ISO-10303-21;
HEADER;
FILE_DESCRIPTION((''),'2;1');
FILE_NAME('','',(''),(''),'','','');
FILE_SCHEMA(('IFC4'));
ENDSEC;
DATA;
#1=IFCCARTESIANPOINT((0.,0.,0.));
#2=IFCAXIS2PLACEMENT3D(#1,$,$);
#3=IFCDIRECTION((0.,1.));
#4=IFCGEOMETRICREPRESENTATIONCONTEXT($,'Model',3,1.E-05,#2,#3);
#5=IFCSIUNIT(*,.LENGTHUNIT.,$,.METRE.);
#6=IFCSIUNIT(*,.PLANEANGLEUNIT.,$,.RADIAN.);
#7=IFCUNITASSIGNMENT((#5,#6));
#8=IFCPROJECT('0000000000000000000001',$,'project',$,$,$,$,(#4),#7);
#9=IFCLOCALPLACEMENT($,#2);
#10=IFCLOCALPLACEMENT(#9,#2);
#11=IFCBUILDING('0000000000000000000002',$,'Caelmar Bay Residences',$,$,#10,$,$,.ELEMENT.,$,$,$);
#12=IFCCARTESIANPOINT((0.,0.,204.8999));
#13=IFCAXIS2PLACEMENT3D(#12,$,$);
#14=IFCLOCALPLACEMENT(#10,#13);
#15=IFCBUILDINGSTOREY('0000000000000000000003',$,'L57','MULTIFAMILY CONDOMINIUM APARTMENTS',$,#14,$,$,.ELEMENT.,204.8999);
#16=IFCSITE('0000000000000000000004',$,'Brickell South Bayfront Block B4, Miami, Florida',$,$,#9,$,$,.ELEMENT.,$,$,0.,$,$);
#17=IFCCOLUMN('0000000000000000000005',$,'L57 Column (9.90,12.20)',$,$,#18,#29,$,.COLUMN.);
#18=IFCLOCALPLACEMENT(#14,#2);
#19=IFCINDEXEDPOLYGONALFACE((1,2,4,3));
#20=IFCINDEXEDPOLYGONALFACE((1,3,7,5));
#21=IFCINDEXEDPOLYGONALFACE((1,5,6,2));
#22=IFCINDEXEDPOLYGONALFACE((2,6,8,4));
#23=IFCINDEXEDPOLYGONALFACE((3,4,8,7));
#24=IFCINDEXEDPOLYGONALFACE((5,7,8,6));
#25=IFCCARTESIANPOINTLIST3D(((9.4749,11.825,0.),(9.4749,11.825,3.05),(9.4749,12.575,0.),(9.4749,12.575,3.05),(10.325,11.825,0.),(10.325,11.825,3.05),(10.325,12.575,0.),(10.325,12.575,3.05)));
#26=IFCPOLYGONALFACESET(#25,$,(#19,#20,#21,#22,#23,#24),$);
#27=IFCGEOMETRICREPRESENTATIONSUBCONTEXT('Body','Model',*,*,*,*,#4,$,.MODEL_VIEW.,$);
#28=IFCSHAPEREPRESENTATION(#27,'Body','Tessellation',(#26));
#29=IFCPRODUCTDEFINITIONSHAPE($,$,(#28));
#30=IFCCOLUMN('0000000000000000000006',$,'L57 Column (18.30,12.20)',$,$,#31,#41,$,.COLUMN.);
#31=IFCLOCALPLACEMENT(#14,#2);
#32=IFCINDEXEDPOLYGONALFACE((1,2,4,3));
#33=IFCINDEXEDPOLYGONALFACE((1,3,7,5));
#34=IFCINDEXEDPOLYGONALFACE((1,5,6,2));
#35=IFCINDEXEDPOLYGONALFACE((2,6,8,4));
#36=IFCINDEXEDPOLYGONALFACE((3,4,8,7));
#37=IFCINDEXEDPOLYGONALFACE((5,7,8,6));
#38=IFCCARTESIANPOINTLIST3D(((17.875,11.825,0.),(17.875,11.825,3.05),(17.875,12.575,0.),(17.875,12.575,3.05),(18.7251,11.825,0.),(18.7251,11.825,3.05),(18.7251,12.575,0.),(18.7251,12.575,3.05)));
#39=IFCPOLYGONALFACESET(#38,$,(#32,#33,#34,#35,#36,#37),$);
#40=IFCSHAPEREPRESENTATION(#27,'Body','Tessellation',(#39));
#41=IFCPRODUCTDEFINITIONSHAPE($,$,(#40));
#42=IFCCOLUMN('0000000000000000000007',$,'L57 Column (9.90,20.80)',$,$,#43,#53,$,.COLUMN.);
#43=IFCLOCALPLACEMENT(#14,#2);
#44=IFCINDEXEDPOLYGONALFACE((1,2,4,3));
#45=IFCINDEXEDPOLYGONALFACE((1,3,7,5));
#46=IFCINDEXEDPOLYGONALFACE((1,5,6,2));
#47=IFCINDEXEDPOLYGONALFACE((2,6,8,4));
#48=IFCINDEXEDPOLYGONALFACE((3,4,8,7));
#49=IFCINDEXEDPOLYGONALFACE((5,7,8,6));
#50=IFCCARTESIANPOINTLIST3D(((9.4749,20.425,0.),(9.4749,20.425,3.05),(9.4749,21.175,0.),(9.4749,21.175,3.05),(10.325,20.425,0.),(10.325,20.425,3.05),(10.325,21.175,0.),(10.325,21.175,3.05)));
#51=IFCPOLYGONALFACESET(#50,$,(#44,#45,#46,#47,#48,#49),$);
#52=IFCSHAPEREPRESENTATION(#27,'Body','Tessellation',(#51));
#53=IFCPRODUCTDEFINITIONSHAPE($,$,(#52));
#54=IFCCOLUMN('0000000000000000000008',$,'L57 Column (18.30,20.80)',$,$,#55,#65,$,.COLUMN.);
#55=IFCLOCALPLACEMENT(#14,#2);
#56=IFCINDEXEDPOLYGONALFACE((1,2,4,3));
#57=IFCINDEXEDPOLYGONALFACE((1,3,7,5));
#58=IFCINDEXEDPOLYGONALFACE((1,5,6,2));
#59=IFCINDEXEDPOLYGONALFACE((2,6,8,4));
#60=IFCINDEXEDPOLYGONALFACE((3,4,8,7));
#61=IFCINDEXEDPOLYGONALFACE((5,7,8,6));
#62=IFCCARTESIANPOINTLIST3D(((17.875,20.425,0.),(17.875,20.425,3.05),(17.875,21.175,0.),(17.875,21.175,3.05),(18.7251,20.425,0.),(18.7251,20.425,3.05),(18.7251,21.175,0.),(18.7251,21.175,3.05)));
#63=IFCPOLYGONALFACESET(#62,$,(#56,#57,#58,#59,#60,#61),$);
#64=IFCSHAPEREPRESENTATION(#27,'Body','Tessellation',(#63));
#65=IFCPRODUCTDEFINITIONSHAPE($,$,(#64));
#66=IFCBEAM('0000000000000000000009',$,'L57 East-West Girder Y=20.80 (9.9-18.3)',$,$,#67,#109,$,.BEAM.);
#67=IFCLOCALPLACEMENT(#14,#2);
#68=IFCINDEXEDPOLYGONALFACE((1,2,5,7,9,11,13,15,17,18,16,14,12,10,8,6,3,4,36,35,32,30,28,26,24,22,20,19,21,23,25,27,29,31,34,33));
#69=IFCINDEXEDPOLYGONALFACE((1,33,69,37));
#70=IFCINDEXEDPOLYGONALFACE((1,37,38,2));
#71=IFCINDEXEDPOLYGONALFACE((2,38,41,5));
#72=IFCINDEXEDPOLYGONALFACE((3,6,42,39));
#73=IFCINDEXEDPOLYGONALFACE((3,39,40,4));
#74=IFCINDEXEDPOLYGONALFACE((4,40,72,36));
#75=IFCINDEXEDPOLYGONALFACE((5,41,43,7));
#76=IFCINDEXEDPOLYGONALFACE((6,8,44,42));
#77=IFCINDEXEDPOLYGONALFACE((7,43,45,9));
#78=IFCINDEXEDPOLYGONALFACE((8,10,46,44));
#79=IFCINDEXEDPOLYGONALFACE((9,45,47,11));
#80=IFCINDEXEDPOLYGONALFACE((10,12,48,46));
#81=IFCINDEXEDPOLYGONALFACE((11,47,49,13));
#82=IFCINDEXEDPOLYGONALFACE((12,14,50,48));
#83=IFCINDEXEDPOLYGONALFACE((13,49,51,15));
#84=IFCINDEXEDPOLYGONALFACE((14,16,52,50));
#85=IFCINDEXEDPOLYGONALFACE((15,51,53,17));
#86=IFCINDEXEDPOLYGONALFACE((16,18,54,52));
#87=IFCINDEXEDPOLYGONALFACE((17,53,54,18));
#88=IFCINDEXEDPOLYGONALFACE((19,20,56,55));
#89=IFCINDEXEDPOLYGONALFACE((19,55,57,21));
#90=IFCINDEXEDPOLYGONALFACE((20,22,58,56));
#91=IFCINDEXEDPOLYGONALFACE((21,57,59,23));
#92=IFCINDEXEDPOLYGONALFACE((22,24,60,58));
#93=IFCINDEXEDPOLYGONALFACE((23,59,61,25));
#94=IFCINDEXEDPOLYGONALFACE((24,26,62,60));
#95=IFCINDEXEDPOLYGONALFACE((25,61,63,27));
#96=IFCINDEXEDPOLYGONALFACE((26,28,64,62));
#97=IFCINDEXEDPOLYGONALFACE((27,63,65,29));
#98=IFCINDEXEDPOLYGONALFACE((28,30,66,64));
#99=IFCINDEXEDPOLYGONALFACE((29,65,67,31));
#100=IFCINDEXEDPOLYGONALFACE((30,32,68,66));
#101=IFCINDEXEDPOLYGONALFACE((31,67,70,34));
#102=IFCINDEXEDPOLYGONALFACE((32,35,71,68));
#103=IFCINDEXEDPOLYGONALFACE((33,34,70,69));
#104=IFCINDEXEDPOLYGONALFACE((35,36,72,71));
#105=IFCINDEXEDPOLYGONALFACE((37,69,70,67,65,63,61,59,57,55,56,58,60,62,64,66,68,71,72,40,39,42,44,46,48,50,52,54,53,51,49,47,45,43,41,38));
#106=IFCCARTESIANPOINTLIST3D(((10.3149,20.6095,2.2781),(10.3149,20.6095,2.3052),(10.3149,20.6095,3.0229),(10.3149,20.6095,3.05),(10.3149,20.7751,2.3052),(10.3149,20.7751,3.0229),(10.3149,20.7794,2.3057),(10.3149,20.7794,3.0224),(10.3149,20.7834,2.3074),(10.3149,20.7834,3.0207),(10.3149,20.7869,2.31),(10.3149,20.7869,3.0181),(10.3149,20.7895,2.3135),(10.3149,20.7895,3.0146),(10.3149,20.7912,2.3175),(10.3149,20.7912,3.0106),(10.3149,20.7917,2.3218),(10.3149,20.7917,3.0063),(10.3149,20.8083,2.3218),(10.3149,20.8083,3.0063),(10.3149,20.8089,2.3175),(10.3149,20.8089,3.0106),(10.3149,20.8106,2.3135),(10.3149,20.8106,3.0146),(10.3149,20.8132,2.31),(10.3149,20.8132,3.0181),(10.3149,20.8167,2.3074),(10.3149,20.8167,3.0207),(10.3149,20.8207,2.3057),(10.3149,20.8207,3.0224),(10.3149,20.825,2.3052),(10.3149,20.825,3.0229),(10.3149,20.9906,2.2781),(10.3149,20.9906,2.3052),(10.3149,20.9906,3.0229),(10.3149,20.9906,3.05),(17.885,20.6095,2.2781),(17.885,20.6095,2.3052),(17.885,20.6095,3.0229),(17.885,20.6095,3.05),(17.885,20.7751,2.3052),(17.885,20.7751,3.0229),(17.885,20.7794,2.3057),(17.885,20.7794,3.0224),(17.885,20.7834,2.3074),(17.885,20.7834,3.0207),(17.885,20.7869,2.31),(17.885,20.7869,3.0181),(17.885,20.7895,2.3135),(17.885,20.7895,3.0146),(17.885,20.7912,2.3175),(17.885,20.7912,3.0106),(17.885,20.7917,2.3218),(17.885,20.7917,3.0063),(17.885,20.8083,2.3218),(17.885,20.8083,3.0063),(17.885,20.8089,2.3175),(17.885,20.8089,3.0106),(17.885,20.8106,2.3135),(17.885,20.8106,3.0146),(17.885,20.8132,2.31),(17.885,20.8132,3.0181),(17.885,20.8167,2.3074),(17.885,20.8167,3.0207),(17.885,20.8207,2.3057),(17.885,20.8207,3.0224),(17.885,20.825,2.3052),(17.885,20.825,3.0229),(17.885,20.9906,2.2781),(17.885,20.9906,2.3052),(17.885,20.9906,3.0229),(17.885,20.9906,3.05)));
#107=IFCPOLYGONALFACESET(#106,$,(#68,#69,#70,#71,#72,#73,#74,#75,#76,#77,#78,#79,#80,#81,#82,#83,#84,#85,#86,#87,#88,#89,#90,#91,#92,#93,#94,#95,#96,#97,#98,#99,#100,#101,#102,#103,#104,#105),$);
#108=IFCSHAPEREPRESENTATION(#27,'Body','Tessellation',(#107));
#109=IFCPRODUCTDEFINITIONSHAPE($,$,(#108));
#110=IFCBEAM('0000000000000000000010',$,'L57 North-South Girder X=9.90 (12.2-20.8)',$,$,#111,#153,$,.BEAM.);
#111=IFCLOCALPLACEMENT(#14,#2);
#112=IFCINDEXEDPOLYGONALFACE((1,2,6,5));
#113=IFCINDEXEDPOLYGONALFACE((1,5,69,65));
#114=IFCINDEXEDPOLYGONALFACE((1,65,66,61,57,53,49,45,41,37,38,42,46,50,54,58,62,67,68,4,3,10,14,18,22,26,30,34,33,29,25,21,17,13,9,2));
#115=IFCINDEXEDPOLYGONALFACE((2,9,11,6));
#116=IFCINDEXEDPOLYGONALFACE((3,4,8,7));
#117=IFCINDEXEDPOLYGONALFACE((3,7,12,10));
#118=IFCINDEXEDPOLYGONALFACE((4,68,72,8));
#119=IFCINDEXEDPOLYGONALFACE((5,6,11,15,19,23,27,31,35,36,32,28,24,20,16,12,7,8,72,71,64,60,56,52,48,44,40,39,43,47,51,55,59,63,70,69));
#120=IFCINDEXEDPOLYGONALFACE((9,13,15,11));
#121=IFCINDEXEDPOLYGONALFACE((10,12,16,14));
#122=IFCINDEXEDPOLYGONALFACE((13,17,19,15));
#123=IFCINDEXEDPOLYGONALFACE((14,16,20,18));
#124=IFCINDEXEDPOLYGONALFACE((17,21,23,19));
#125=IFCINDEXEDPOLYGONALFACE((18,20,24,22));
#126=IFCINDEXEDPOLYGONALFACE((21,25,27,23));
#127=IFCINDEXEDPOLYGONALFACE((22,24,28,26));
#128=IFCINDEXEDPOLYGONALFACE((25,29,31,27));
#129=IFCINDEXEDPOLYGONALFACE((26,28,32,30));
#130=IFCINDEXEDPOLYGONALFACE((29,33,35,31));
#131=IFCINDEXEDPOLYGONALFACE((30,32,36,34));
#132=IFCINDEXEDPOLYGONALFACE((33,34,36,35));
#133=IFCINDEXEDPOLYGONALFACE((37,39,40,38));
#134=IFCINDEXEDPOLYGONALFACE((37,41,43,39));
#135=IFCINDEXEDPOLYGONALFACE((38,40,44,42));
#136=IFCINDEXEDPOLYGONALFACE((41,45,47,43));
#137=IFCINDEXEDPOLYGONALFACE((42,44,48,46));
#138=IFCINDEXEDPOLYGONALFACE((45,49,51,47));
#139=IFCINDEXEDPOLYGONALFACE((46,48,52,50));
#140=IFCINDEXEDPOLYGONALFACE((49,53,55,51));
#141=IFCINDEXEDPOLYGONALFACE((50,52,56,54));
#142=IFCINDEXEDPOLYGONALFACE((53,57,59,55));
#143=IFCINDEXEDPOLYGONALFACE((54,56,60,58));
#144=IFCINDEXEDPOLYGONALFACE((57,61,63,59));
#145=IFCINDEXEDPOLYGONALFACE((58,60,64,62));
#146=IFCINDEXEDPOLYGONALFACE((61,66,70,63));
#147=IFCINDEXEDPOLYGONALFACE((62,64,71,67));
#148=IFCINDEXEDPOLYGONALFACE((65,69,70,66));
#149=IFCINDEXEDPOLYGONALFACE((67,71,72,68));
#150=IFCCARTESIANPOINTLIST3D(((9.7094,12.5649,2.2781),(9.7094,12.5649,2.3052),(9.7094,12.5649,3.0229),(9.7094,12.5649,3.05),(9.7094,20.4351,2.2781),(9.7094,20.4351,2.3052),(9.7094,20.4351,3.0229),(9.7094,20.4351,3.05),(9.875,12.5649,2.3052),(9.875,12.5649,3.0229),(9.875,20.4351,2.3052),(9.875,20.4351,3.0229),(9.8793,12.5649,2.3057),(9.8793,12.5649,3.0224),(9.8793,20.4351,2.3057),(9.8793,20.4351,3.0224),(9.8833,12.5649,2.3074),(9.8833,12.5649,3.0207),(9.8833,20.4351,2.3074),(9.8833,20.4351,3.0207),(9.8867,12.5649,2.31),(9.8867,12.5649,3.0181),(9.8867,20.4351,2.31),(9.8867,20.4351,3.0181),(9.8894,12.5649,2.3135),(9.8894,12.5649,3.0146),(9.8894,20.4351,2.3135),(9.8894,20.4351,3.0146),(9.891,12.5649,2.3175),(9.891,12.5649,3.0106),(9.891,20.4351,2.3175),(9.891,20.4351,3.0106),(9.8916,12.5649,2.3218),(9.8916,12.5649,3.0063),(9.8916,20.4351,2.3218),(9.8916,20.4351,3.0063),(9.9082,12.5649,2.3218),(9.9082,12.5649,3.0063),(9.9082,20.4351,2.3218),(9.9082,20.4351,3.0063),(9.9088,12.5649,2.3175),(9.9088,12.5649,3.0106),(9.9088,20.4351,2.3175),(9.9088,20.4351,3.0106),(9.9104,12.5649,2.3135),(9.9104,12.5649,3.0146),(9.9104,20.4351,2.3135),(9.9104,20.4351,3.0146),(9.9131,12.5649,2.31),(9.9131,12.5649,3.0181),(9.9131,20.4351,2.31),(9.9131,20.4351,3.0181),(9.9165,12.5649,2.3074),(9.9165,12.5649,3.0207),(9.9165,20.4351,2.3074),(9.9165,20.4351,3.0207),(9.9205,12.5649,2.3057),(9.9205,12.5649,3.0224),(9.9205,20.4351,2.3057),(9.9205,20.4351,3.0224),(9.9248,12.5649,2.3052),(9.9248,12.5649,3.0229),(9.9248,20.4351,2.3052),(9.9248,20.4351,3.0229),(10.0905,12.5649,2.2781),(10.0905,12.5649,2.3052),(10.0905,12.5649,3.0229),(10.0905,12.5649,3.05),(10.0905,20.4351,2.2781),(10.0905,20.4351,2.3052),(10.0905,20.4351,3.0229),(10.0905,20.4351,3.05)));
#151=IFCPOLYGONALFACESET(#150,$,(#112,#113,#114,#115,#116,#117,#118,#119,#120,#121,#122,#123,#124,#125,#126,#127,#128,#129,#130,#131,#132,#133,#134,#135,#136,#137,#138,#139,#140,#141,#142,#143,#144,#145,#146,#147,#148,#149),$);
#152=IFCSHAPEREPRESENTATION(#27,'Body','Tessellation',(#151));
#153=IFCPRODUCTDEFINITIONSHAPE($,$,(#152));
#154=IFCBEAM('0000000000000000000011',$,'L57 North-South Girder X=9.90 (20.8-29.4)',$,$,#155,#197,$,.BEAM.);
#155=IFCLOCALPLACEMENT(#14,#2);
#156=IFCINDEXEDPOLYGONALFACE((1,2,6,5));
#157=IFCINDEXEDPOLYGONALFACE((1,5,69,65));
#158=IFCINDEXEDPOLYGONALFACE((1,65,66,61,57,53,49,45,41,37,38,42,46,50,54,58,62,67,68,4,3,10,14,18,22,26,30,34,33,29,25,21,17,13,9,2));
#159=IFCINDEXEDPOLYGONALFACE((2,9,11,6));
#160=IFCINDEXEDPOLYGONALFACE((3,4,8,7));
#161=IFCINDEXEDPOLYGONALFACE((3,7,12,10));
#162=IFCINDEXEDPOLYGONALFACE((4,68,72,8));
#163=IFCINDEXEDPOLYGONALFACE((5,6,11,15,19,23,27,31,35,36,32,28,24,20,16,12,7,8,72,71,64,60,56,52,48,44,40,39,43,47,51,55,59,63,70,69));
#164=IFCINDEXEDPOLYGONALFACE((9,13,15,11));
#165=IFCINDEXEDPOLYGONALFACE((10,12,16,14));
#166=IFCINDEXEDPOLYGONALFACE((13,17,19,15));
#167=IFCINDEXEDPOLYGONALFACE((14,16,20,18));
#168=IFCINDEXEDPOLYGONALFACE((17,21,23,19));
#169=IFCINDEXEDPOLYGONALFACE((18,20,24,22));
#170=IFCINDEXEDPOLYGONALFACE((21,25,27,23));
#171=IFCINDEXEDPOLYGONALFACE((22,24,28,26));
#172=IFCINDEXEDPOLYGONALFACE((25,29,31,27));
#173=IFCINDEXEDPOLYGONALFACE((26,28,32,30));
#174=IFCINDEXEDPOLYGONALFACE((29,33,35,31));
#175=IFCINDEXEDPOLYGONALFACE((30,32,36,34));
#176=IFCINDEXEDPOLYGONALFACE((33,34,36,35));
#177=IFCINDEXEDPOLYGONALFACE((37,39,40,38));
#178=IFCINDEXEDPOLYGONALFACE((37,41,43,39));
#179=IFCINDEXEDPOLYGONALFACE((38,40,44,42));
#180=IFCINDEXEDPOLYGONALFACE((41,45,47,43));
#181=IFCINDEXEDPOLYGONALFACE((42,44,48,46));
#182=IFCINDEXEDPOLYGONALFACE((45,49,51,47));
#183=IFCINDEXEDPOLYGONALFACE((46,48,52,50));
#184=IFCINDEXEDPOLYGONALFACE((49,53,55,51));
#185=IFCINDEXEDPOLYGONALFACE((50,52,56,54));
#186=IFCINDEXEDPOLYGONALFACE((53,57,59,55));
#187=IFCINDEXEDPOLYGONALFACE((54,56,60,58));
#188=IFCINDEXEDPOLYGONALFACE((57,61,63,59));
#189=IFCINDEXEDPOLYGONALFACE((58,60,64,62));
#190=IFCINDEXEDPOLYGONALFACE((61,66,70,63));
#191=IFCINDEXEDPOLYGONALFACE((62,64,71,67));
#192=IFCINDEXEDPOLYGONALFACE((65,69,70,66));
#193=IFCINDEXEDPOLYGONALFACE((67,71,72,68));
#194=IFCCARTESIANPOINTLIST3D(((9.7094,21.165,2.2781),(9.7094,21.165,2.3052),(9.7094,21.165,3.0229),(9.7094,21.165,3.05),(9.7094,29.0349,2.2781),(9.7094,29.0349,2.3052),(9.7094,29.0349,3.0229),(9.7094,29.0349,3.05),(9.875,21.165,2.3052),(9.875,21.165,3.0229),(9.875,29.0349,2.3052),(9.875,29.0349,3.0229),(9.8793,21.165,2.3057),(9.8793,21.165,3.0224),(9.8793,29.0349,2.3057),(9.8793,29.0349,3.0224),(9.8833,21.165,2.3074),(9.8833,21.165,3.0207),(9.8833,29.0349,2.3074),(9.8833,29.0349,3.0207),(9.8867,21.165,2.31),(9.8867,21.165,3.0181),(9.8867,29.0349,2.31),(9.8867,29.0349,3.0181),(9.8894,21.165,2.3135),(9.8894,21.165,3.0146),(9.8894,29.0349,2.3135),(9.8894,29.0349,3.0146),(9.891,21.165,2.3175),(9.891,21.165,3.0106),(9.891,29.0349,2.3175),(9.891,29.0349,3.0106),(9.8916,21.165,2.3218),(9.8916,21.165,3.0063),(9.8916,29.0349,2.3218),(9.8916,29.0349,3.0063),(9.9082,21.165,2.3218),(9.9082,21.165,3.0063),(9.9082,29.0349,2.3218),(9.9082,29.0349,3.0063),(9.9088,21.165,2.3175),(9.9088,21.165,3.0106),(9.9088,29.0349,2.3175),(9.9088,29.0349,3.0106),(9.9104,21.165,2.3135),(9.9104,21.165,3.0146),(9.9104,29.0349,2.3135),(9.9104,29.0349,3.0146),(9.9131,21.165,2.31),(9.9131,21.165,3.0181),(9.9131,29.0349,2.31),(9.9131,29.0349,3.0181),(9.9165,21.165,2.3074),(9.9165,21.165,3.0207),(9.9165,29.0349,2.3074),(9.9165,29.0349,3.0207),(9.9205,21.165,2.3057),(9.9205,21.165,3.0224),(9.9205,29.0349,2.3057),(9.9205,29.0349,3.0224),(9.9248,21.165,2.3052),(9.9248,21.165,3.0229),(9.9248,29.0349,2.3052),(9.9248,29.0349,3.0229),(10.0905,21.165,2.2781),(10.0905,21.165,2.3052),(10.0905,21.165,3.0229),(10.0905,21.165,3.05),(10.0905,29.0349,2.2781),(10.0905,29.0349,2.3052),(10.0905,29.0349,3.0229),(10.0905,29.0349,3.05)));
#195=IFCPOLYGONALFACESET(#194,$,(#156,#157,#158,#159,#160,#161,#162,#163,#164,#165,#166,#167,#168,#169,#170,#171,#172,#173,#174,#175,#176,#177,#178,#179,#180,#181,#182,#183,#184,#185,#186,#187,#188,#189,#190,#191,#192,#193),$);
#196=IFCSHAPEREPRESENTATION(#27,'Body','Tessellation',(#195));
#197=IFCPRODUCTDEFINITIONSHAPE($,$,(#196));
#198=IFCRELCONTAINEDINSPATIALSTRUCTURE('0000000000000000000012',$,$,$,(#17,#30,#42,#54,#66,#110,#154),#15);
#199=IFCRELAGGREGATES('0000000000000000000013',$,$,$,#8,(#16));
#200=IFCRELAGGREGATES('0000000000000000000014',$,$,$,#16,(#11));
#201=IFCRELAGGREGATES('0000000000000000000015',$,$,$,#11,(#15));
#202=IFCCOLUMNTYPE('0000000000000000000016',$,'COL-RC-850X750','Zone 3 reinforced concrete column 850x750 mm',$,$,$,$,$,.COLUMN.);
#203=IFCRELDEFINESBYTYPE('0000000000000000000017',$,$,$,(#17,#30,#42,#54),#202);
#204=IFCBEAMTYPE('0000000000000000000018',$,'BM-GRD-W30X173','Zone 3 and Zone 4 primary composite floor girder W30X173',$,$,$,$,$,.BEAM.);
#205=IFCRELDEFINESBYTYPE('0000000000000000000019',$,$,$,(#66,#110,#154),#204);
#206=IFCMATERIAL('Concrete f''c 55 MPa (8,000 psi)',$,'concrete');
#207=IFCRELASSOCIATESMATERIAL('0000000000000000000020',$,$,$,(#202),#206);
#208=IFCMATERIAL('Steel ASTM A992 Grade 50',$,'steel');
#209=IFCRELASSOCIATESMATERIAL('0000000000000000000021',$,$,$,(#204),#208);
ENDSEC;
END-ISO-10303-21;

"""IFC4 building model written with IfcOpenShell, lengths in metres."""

from ifc_helpers import new_model, si_unit, direction, frame, origin, origin_2d, place, context, subcontext, project, spatial, rectangle, i_section, extrude, material, material_profile, profile_set, type_object, element, save


model = new_model("IFC4")

# Units and contexts
model_context = context("Model", 3, precision=1e-05, world=origin(), true_north=direction((0.0, 1.0)))
body_context = subcontext(model_context, "Body", "Model", "MODEL_VIEW")
ifc_project = project(units=[si_unit("LENGTHUNIT", "METRE"), si_unit("PLANEANGLEUNIT", "RADIAN")], contexts=[model_context])

# Site, building, storey
site_placement = place(None, origin())
site = spatial("IfcSite", under=ifc_project, at=site_placement, Name="Brickell South Bayfront Block B4, Miami, Florida", CompositionType="ELEMENT", RefElevation=0.0)
building_placement = place(site_placement, origin())
building = spatial("IfcBuilding", under=site, at=building_placement, Name="Caelmar Bay Residences", CompositionType="ELEMENT")
storey_placement = place(building_placement, frame((0.0, 0.0, 204.8999)))
storey = spatial("IfcBuildingStorey", under=building, at=storey_placement, Name="L57", Description="MULTIFAMILY CONDOMINIUM APARTMENTS", CompositionType="ELEMENT", Elevation=204.8999)

# Columns
ifc_material_1 = material(Name="Concrete f'c 55 MPa (8,000 psi)", Category="concrete")
ifc_material_profile_1 = material_profile(ifc_material_1, rectangle(XDim=0.8501, YDim=0.75, at=origin_2d()), Name="RC-COL-850X750")
ifc_profile_set_1 = profile_set([ifc_material_profile_1], Name="Concrete f'c 55 MPa (8,000 psi)")
column_type = type_object("IfcColumnType", Name="COL-RC-850X750", Description="Zone 3 reinforced concrete column 850x750 mm", PredefinedType="COLUMN", material=ifc_profile_set_1)
for number, where, z_axis, x_axis, name in (
    (1, (9.8999, 12.2, 0.0), (0.0, 0.0, 1.0), (1.0, 0.0, 0.0), "L57 Column (9.90,12.20)"),
    (2, (18.3, 12.2, 0.0), (0.0, 0.0, 1.0), (1.0, 0.0, 0.0), "L57 Column (18.30,12.20)"),
    (3, (9.8999, 20.8, 0.0), (0.0, 0.0, 1.0), (1.0, 0.0, 0.0), "L57 Column (9.90,20.80)"),
    (4, (18.3, 20.8, 0.0), (0.0, 0.0, 1.0), (1.0, 0.0, 0.0), "L57 Column (18.30,20.80)"),
):
    element("IfcColumn", number, at=place(storey_placement, frame(where, z_axis=z_axis, x_axis=x_axis)), inside=storey, type_object=column_type, Name=name, PredefinedType="COLUMN", context=body_context, shape_type="SweptSolid", body=[
        extrude(rectangle(XDim=0.8501, YDim=0.75, at=origin_2d()), origin(), (0.0, 0.0, 1.0), 3.05),
    ])

# Beams
ifc_material_2 = material(Name="Steel ASTM A992 Grade 50", Category="steel")
ifc_material_profile_2 = material_profile(ifc_material_2, i_section(OverallWidth=0.3811, OverallDepth=0.772, WebThickness=0.0166, FlangeThickness=0.0271, FilletRadius=0.0166, at=origin_2d()), Name="W30X173")
ifc_profile_set_2 = profile_set([ifc_material_profile_2], Name="Steel ASTM A992 Grade 50")
beam_type_1 = type_object("IfcBeamType", Name="BM-GRD-W30X173", Description="Zone 3 and Zone 4 primary composite floor girder W30X173", PredefinedType="BEAM", material=ifc_profile_set_2)
beam_1_placement = place(storey_placement, frame((10.3149, 20.8, 2.6641), z_axis=(1.0, 0.0, 0.0), x_axis=(0.0, 1.0, 0.0)))
element("IfcBeam", 5, at=beam_1_placement, inside=storey, type_object=beam_type_1, Name="L57 East-West Girder Y=20.80 (9.9-18.3)", PredefinedType="BEAM", context=body_context, shape_type="SweptSolid", body=[
    extrude(i_section(OverallWidth=0.3811, OverallDepth=0.772, WebThickness=0.0166, FlangeThickness=0.0271, FilletRadius=0.0166, at=origin_2d()), origin(), (0.0, 0.0, 1.0), 7.5701),
])
beam_2_placement = place(storey_placement, frame((9.8999, 12.5649, 2.6641), z_axis=(0.0, 1.0, 0.0), x_axis=(-1.0, 0.0, 0.0)))
element("IfcBeam", 6, at=beam_2_placement, inside=storey, type_object=beam_type_1, Name="L57 North-South Girder X=9.90 (12.2-20.8)", PredefinedType="BEAM", context=body_context, shape_type="SweptSolid", body=[
    extrude(i_section(OverallWidth=0.3811, OverallDepth=0.772, WebThickness=0.0166, FlangeThickness=0.0271, FilletRadius=0.0166, at=origin_2d()), origin(), (0.0, 0.0, 1.0), 7.8701),
])
beam_3_placement = place(storey_placement, frame((9.8999, 21.165, 2.6641), z_axis=(0.0, 1.0, 0.0), x_axis=(-1.0, 0.0, 0.0)))
element("IfcBeam", 7, at=beam_3_placement, inside=storey, type_object=beam_type_1, Name="L57 North-South Girder X=9.90 (20.8-29.4)", PredefinedType="BEAM", context=body_context, shape_type="SweptSolid", body=[
    extrude(i_section(OverallWidth=0.3811, OverallDepth=0.772, WebThickness=0.0166, FlangeThickness=0.0271, FilletRadius=0.0166, at=origin_2d()), origin(), (0.0, 0.0, 1.0), 7.8699),
])

save(model, "model.ifc")
